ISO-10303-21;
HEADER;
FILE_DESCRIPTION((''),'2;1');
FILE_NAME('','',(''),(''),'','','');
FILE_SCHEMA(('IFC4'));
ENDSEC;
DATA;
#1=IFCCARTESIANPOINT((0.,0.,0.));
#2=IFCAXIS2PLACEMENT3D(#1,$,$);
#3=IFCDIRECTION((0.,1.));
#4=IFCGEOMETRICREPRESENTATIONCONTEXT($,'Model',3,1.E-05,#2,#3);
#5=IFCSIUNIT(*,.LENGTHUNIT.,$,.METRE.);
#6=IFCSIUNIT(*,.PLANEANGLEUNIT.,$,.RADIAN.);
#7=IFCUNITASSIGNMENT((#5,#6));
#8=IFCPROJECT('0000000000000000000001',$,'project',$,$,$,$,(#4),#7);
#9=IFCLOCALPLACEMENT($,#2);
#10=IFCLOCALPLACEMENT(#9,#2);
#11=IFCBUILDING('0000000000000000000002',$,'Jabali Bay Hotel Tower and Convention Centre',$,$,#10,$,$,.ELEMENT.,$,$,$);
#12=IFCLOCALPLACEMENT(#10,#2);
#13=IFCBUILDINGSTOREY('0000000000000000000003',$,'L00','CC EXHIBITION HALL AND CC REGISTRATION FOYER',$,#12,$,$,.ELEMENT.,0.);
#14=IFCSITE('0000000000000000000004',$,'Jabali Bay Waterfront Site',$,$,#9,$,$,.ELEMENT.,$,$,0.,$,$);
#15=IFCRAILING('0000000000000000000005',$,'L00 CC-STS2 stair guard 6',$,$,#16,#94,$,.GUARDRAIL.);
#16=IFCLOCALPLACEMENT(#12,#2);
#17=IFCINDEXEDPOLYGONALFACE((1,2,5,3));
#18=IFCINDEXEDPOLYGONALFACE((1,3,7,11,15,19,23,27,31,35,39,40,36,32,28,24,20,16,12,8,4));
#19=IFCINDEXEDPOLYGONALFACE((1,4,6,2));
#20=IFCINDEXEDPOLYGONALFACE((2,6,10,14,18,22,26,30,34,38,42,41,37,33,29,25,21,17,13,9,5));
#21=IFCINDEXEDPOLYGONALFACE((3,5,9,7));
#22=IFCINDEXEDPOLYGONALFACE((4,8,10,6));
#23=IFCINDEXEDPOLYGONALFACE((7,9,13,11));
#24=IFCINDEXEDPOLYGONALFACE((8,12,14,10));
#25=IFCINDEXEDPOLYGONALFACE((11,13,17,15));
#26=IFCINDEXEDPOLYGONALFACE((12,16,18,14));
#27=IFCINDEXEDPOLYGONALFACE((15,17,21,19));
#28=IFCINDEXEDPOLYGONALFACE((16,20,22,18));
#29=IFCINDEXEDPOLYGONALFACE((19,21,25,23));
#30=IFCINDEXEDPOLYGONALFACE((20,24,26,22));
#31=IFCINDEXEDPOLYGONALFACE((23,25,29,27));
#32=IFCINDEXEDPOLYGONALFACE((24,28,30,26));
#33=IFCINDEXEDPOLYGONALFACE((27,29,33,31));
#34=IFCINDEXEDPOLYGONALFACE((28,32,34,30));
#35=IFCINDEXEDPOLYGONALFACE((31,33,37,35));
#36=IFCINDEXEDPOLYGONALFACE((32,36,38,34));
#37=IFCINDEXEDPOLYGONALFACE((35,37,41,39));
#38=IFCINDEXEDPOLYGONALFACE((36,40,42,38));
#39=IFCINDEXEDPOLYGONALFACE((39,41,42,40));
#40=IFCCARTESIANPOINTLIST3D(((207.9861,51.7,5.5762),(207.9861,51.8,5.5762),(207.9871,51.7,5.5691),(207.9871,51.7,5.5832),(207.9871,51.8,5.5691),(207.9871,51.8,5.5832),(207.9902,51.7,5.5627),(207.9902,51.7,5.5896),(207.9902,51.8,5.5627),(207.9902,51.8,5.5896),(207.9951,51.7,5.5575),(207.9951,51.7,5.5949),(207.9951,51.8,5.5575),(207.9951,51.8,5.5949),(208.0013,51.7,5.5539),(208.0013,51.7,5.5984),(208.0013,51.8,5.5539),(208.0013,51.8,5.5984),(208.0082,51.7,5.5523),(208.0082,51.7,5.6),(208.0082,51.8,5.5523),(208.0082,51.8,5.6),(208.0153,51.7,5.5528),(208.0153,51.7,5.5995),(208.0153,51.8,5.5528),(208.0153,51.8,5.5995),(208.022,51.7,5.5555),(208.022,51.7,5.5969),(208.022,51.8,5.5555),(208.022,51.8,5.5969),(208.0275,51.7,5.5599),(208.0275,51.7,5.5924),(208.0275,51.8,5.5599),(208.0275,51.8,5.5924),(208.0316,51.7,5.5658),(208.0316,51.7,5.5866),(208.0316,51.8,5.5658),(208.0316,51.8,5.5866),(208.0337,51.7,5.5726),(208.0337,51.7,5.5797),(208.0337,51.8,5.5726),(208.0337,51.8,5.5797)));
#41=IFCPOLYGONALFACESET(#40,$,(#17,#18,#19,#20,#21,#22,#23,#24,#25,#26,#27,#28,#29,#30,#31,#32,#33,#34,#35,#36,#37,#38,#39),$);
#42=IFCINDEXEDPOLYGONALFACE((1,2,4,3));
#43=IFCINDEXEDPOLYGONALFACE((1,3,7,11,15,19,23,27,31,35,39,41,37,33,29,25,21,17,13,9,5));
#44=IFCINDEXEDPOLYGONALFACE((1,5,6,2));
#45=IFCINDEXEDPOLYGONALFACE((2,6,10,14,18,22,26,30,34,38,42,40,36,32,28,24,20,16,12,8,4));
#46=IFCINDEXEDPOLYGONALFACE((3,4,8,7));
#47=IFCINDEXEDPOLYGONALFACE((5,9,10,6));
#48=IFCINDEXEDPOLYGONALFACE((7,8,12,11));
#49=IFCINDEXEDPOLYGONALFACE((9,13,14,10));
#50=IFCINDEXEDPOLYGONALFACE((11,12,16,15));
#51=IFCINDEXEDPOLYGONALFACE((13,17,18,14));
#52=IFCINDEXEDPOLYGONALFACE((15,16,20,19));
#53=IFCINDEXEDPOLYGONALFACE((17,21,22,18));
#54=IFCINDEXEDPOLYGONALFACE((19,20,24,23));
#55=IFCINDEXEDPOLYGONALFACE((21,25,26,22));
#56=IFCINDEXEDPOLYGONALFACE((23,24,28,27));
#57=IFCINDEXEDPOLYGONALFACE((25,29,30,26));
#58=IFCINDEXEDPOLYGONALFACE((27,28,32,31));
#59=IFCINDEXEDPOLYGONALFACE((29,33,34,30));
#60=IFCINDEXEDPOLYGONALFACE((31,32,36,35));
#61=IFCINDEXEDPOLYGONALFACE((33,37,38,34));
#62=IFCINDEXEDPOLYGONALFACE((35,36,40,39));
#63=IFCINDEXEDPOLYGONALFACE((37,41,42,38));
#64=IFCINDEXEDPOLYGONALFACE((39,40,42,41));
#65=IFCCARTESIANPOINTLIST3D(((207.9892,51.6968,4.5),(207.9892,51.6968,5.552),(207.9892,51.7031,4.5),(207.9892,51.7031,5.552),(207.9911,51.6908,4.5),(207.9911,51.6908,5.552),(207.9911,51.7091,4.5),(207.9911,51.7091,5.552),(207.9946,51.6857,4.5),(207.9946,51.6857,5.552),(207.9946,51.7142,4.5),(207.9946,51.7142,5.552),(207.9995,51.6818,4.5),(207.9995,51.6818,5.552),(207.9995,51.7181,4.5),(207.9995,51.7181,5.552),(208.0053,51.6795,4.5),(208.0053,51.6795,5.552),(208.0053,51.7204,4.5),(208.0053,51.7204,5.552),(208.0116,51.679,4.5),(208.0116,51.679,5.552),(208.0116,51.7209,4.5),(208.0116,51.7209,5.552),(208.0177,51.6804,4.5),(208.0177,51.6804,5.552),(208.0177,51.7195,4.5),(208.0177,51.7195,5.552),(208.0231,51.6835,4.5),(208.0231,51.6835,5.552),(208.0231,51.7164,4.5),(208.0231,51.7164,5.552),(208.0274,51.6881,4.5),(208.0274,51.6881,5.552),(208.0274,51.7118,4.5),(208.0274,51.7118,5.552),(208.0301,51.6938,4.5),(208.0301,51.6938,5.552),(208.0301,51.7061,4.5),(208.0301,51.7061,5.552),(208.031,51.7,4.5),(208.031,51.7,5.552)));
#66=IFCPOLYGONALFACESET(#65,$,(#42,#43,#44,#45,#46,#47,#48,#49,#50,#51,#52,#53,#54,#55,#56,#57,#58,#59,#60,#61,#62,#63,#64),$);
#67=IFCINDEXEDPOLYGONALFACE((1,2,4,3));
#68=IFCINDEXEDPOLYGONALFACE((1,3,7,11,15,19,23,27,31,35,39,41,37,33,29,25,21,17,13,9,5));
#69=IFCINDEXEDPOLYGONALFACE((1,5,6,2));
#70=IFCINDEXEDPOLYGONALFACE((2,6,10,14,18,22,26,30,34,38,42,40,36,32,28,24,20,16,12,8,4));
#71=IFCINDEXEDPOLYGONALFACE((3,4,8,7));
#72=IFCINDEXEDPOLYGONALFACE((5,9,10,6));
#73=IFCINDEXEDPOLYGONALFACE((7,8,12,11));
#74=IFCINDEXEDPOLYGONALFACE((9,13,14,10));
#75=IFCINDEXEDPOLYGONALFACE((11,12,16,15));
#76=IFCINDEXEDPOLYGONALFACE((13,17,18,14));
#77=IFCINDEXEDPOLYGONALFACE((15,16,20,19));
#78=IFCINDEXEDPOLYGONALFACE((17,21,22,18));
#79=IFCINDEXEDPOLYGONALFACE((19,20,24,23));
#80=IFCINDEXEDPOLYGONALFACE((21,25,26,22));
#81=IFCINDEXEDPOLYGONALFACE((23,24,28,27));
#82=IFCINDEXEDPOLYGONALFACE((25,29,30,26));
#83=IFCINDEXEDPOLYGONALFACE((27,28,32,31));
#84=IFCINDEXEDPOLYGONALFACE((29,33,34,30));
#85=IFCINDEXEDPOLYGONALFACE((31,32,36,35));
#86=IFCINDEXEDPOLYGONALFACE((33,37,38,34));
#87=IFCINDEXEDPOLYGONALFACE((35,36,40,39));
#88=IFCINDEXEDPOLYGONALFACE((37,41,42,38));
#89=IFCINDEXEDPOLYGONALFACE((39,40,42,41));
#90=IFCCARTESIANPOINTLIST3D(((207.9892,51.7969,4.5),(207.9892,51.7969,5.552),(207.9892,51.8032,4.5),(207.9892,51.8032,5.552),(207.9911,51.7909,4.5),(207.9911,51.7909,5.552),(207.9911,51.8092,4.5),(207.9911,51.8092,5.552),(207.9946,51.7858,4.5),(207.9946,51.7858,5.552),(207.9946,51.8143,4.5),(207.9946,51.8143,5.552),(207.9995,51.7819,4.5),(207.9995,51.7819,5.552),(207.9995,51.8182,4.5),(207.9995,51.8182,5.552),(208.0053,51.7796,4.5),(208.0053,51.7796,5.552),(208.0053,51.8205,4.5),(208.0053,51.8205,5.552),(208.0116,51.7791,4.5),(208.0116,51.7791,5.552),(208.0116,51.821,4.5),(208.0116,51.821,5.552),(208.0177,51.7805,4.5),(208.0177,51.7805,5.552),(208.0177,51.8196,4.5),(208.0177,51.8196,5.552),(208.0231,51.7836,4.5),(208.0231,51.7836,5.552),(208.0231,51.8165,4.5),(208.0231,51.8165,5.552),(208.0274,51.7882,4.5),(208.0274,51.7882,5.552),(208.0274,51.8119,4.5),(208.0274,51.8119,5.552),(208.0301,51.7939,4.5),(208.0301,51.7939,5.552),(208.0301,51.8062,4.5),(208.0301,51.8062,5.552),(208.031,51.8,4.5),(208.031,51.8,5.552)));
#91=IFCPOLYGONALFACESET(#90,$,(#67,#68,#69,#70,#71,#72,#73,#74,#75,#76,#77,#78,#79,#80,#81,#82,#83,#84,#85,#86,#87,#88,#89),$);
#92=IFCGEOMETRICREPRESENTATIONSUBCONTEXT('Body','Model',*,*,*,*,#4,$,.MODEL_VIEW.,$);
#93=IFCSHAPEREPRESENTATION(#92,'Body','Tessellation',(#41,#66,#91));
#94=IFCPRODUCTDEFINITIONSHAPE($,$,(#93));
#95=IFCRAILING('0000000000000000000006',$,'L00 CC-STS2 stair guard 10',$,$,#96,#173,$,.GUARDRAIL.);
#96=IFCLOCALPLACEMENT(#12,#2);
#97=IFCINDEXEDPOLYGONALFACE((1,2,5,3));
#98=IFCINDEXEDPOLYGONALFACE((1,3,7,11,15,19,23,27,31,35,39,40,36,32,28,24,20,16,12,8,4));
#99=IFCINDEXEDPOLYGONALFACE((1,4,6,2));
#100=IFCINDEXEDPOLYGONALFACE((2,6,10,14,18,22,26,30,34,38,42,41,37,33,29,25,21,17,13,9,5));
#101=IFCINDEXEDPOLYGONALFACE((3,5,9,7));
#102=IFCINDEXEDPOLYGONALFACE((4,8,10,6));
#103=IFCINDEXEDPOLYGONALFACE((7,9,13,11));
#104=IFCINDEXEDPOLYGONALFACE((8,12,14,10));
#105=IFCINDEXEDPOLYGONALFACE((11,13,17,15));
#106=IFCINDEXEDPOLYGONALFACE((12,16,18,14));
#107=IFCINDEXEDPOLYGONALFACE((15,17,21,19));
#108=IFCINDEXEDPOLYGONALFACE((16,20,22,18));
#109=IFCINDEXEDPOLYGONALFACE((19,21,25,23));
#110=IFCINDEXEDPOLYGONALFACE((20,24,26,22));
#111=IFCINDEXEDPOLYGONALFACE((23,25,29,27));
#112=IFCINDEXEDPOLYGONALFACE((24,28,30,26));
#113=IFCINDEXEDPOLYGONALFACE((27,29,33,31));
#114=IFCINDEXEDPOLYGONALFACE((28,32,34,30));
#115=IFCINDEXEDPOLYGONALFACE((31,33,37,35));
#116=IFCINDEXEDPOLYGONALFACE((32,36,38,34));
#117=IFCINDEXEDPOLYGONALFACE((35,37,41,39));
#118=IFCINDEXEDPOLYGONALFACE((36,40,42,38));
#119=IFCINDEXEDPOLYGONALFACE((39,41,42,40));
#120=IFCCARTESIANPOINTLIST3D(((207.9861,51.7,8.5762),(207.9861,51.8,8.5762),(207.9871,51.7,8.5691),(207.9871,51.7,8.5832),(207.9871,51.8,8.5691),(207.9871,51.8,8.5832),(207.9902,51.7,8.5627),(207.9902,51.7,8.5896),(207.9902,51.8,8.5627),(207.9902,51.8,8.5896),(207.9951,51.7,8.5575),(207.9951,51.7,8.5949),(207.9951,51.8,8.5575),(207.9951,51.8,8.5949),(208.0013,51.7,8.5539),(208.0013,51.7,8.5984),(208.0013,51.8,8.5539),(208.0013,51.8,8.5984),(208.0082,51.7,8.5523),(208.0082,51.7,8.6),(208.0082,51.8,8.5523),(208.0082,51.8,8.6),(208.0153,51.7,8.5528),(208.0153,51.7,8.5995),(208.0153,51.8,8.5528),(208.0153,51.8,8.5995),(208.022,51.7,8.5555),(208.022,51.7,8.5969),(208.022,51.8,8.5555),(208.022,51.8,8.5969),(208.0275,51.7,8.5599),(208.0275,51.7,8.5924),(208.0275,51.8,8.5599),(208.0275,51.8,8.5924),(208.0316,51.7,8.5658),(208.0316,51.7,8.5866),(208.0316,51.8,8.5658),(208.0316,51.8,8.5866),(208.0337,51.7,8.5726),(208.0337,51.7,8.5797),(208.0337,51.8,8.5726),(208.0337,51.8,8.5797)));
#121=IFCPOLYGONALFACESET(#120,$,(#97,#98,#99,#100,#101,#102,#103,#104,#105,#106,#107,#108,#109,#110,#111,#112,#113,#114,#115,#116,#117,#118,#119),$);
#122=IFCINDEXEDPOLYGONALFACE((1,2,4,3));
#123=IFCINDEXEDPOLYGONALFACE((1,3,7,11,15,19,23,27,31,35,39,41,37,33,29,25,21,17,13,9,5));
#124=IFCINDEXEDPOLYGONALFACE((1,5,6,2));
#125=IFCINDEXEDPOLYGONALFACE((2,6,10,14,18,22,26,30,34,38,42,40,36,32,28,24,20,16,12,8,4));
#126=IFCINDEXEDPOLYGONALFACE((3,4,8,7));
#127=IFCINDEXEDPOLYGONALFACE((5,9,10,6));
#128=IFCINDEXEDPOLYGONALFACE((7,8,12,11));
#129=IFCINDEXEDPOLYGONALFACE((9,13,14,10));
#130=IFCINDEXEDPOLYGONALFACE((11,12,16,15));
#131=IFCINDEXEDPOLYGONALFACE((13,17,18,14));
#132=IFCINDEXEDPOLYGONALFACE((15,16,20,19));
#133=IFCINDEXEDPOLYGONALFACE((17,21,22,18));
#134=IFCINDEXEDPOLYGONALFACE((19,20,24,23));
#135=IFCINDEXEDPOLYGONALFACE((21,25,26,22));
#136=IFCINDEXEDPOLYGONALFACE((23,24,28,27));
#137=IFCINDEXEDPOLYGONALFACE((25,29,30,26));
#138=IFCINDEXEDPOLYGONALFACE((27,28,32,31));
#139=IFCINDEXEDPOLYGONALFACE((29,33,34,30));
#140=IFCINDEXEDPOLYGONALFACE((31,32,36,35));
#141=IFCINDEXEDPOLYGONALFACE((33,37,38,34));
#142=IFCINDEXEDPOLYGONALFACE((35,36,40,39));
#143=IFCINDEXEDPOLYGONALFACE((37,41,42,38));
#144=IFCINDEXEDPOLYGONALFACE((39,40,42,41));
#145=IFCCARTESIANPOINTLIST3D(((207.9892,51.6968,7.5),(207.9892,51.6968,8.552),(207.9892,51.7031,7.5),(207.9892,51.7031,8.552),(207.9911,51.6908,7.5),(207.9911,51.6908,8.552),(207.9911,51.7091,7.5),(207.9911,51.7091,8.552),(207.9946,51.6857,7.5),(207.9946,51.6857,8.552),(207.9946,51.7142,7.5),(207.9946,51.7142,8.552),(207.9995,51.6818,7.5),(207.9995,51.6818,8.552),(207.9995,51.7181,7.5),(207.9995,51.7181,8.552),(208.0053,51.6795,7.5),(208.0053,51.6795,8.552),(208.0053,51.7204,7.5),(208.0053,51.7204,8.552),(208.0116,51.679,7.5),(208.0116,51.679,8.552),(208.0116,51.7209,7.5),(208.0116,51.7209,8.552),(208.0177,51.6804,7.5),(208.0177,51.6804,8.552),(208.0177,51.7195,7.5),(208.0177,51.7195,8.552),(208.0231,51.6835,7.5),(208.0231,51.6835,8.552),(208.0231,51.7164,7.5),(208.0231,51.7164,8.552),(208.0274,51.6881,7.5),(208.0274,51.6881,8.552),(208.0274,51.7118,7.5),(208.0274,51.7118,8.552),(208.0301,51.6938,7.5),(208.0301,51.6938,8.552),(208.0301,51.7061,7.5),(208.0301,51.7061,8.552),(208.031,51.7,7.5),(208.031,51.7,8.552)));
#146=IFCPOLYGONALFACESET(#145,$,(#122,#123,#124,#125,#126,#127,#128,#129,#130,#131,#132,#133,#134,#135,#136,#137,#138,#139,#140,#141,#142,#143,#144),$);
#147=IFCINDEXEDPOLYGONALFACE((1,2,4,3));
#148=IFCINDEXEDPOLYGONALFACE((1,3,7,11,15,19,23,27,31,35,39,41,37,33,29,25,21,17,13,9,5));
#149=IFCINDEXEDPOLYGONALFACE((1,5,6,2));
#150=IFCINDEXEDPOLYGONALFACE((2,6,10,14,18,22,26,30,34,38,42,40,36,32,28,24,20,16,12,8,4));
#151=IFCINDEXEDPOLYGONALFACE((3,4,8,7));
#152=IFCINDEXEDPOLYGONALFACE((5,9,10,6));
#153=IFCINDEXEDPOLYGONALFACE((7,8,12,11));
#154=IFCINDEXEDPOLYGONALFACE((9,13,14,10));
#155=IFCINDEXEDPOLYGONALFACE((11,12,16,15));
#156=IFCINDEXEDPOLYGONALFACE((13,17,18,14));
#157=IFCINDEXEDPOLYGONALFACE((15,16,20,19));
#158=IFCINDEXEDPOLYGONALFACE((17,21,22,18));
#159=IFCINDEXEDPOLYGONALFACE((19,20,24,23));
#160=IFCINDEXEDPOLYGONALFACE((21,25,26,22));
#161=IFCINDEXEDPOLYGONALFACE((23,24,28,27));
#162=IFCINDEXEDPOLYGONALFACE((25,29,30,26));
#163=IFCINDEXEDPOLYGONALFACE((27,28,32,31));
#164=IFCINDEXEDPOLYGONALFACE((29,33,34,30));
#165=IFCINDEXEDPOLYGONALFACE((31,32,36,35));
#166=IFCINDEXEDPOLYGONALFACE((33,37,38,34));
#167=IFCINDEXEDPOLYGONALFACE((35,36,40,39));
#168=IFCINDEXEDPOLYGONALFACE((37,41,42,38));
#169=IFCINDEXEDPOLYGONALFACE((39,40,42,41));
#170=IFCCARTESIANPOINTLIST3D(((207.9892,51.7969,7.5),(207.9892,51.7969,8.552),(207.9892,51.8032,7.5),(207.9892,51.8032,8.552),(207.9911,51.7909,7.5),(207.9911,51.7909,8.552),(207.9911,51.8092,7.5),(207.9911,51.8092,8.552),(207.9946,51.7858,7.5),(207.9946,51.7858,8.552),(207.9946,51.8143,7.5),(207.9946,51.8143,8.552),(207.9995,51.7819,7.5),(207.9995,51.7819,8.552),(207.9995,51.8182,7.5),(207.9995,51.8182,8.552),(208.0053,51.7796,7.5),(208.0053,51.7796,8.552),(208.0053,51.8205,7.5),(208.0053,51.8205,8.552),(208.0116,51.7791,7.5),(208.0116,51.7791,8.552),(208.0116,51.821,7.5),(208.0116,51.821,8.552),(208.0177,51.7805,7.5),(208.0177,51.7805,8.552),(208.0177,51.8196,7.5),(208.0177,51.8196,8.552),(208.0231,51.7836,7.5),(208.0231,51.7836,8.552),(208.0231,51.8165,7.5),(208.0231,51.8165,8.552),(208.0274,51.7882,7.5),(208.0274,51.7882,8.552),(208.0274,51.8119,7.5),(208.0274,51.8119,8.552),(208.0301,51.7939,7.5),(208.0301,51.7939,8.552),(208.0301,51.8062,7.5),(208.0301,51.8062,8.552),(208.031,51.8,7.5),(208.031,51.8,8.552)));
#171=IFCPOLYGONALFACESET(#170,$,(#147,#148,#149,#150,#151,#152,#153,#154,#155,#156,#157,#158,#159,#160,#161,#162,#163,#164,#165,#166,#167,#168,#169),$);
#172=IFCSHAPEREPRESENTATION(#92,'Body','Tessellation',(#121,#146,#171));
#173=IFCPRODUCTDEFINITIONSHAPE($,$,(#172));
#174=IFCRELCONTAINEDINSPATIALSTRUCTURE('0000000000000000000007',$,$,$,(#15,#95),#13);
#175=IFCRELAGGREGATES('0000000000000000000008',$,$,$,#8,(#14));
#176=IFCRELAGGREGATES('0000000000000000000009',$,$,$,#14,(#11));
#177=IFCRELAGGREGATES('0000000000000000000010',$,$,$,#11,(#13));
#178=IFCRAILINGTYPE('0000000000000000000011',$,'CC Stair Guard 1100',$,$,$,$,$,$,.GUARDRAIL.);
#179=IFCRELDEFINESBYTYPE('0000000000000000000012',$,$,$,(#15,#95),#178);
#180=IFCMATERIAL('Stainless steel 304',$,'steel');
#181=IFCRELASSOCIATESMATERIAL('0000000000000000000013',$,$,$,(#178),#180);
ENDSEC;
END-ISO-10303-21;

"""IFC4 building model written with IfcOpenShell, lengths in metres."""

from ifc_helpers import new_model, si_unit, direction, frame, origin, origin_2d, place, context, subcontext, project, spatial, circle, extrude, material, type_object, element, save


model = new_model("IFC4")

# Units and contexts
model_context = context("Model", 3, precision=1e-05, world=origin(), true_north=direction((0.0, 1.0)))
body_context = subcontext(model_context, "Body", "Model", "MODEL_VIEW")
ifc_project = project(units=[si_unit("LENGTHUNIT", "METRE"), si_unit("PLANEANGLEUNIT", "RADIAN")], contexts=[model_context])

# Site, building, storey
site_placement = place(None, origin())
site = spatial("IfcSite", under=ifc_project, at=site_placement, Name="Jabali Bay Waterfront Site", CompositionType="ELEMENT", RefElevation=0.0)
building_placement = place(site_placement, origin())
building = spatial("IfcBuilding", under=site, at=building_placement, Name="Jabali Bay Hotel Tower and Convention Centre", CompositionType="ELEMENT")
storey_placement = place(building_placement, origin())
storey = spatial("IfcBuildingStorey", under=building, at=storey_placement, Name="L00", Description="CC EXHIBITION HALL AND CC REGISTRATION FOYER", CompositionType="ELEMENT", Elevation=0.0)

# Railings
ifc_material_1 = material(Name="Stainless steel 304", Category="steel")
railing_type = type_object("IfcRailingType", Name="CC Stair Guard 1100", PredefinedType="GUARDRAIL", material=ifc_material_1)
for number, where, name in (
    (1, (208.01, 51.7, 4.5), "L00 CC-STS2 stair guard 6"),
    (2, (208.01, 51.7, 7.5), "L00 CC-STS2 stair guard 10"),
):
    element("IfcRailing", number, at=place(storey_placement, frame(where)), inside=storey, type_object=railing_type, Name=name, PredefinedType="GUARDRAIL", context=body_context, shape_type="SweptSolid", body=[
        extrude(circle(Radius=0.0239, at=origin_2d()), frame((0.0, 0.0, 1.0762), z_axis=(0.0, 1.0, 0.0), x_axis=(-1.0, 0.0, 0.0)), (0.0, 0.0, 1.0), 0.1001),
        extrude(circle(Radius=0.021, at=origin_2d()), origin(), (0.0, 0.0, 1.0), 1.052),
        extrude(circle(Radius=0.021, at=origin_2d()), frame((0.0, 0.1001, 0.0)), (0.0, 0.0, 1.0), 1.052),
    ])

save(model, "model.ifc")
